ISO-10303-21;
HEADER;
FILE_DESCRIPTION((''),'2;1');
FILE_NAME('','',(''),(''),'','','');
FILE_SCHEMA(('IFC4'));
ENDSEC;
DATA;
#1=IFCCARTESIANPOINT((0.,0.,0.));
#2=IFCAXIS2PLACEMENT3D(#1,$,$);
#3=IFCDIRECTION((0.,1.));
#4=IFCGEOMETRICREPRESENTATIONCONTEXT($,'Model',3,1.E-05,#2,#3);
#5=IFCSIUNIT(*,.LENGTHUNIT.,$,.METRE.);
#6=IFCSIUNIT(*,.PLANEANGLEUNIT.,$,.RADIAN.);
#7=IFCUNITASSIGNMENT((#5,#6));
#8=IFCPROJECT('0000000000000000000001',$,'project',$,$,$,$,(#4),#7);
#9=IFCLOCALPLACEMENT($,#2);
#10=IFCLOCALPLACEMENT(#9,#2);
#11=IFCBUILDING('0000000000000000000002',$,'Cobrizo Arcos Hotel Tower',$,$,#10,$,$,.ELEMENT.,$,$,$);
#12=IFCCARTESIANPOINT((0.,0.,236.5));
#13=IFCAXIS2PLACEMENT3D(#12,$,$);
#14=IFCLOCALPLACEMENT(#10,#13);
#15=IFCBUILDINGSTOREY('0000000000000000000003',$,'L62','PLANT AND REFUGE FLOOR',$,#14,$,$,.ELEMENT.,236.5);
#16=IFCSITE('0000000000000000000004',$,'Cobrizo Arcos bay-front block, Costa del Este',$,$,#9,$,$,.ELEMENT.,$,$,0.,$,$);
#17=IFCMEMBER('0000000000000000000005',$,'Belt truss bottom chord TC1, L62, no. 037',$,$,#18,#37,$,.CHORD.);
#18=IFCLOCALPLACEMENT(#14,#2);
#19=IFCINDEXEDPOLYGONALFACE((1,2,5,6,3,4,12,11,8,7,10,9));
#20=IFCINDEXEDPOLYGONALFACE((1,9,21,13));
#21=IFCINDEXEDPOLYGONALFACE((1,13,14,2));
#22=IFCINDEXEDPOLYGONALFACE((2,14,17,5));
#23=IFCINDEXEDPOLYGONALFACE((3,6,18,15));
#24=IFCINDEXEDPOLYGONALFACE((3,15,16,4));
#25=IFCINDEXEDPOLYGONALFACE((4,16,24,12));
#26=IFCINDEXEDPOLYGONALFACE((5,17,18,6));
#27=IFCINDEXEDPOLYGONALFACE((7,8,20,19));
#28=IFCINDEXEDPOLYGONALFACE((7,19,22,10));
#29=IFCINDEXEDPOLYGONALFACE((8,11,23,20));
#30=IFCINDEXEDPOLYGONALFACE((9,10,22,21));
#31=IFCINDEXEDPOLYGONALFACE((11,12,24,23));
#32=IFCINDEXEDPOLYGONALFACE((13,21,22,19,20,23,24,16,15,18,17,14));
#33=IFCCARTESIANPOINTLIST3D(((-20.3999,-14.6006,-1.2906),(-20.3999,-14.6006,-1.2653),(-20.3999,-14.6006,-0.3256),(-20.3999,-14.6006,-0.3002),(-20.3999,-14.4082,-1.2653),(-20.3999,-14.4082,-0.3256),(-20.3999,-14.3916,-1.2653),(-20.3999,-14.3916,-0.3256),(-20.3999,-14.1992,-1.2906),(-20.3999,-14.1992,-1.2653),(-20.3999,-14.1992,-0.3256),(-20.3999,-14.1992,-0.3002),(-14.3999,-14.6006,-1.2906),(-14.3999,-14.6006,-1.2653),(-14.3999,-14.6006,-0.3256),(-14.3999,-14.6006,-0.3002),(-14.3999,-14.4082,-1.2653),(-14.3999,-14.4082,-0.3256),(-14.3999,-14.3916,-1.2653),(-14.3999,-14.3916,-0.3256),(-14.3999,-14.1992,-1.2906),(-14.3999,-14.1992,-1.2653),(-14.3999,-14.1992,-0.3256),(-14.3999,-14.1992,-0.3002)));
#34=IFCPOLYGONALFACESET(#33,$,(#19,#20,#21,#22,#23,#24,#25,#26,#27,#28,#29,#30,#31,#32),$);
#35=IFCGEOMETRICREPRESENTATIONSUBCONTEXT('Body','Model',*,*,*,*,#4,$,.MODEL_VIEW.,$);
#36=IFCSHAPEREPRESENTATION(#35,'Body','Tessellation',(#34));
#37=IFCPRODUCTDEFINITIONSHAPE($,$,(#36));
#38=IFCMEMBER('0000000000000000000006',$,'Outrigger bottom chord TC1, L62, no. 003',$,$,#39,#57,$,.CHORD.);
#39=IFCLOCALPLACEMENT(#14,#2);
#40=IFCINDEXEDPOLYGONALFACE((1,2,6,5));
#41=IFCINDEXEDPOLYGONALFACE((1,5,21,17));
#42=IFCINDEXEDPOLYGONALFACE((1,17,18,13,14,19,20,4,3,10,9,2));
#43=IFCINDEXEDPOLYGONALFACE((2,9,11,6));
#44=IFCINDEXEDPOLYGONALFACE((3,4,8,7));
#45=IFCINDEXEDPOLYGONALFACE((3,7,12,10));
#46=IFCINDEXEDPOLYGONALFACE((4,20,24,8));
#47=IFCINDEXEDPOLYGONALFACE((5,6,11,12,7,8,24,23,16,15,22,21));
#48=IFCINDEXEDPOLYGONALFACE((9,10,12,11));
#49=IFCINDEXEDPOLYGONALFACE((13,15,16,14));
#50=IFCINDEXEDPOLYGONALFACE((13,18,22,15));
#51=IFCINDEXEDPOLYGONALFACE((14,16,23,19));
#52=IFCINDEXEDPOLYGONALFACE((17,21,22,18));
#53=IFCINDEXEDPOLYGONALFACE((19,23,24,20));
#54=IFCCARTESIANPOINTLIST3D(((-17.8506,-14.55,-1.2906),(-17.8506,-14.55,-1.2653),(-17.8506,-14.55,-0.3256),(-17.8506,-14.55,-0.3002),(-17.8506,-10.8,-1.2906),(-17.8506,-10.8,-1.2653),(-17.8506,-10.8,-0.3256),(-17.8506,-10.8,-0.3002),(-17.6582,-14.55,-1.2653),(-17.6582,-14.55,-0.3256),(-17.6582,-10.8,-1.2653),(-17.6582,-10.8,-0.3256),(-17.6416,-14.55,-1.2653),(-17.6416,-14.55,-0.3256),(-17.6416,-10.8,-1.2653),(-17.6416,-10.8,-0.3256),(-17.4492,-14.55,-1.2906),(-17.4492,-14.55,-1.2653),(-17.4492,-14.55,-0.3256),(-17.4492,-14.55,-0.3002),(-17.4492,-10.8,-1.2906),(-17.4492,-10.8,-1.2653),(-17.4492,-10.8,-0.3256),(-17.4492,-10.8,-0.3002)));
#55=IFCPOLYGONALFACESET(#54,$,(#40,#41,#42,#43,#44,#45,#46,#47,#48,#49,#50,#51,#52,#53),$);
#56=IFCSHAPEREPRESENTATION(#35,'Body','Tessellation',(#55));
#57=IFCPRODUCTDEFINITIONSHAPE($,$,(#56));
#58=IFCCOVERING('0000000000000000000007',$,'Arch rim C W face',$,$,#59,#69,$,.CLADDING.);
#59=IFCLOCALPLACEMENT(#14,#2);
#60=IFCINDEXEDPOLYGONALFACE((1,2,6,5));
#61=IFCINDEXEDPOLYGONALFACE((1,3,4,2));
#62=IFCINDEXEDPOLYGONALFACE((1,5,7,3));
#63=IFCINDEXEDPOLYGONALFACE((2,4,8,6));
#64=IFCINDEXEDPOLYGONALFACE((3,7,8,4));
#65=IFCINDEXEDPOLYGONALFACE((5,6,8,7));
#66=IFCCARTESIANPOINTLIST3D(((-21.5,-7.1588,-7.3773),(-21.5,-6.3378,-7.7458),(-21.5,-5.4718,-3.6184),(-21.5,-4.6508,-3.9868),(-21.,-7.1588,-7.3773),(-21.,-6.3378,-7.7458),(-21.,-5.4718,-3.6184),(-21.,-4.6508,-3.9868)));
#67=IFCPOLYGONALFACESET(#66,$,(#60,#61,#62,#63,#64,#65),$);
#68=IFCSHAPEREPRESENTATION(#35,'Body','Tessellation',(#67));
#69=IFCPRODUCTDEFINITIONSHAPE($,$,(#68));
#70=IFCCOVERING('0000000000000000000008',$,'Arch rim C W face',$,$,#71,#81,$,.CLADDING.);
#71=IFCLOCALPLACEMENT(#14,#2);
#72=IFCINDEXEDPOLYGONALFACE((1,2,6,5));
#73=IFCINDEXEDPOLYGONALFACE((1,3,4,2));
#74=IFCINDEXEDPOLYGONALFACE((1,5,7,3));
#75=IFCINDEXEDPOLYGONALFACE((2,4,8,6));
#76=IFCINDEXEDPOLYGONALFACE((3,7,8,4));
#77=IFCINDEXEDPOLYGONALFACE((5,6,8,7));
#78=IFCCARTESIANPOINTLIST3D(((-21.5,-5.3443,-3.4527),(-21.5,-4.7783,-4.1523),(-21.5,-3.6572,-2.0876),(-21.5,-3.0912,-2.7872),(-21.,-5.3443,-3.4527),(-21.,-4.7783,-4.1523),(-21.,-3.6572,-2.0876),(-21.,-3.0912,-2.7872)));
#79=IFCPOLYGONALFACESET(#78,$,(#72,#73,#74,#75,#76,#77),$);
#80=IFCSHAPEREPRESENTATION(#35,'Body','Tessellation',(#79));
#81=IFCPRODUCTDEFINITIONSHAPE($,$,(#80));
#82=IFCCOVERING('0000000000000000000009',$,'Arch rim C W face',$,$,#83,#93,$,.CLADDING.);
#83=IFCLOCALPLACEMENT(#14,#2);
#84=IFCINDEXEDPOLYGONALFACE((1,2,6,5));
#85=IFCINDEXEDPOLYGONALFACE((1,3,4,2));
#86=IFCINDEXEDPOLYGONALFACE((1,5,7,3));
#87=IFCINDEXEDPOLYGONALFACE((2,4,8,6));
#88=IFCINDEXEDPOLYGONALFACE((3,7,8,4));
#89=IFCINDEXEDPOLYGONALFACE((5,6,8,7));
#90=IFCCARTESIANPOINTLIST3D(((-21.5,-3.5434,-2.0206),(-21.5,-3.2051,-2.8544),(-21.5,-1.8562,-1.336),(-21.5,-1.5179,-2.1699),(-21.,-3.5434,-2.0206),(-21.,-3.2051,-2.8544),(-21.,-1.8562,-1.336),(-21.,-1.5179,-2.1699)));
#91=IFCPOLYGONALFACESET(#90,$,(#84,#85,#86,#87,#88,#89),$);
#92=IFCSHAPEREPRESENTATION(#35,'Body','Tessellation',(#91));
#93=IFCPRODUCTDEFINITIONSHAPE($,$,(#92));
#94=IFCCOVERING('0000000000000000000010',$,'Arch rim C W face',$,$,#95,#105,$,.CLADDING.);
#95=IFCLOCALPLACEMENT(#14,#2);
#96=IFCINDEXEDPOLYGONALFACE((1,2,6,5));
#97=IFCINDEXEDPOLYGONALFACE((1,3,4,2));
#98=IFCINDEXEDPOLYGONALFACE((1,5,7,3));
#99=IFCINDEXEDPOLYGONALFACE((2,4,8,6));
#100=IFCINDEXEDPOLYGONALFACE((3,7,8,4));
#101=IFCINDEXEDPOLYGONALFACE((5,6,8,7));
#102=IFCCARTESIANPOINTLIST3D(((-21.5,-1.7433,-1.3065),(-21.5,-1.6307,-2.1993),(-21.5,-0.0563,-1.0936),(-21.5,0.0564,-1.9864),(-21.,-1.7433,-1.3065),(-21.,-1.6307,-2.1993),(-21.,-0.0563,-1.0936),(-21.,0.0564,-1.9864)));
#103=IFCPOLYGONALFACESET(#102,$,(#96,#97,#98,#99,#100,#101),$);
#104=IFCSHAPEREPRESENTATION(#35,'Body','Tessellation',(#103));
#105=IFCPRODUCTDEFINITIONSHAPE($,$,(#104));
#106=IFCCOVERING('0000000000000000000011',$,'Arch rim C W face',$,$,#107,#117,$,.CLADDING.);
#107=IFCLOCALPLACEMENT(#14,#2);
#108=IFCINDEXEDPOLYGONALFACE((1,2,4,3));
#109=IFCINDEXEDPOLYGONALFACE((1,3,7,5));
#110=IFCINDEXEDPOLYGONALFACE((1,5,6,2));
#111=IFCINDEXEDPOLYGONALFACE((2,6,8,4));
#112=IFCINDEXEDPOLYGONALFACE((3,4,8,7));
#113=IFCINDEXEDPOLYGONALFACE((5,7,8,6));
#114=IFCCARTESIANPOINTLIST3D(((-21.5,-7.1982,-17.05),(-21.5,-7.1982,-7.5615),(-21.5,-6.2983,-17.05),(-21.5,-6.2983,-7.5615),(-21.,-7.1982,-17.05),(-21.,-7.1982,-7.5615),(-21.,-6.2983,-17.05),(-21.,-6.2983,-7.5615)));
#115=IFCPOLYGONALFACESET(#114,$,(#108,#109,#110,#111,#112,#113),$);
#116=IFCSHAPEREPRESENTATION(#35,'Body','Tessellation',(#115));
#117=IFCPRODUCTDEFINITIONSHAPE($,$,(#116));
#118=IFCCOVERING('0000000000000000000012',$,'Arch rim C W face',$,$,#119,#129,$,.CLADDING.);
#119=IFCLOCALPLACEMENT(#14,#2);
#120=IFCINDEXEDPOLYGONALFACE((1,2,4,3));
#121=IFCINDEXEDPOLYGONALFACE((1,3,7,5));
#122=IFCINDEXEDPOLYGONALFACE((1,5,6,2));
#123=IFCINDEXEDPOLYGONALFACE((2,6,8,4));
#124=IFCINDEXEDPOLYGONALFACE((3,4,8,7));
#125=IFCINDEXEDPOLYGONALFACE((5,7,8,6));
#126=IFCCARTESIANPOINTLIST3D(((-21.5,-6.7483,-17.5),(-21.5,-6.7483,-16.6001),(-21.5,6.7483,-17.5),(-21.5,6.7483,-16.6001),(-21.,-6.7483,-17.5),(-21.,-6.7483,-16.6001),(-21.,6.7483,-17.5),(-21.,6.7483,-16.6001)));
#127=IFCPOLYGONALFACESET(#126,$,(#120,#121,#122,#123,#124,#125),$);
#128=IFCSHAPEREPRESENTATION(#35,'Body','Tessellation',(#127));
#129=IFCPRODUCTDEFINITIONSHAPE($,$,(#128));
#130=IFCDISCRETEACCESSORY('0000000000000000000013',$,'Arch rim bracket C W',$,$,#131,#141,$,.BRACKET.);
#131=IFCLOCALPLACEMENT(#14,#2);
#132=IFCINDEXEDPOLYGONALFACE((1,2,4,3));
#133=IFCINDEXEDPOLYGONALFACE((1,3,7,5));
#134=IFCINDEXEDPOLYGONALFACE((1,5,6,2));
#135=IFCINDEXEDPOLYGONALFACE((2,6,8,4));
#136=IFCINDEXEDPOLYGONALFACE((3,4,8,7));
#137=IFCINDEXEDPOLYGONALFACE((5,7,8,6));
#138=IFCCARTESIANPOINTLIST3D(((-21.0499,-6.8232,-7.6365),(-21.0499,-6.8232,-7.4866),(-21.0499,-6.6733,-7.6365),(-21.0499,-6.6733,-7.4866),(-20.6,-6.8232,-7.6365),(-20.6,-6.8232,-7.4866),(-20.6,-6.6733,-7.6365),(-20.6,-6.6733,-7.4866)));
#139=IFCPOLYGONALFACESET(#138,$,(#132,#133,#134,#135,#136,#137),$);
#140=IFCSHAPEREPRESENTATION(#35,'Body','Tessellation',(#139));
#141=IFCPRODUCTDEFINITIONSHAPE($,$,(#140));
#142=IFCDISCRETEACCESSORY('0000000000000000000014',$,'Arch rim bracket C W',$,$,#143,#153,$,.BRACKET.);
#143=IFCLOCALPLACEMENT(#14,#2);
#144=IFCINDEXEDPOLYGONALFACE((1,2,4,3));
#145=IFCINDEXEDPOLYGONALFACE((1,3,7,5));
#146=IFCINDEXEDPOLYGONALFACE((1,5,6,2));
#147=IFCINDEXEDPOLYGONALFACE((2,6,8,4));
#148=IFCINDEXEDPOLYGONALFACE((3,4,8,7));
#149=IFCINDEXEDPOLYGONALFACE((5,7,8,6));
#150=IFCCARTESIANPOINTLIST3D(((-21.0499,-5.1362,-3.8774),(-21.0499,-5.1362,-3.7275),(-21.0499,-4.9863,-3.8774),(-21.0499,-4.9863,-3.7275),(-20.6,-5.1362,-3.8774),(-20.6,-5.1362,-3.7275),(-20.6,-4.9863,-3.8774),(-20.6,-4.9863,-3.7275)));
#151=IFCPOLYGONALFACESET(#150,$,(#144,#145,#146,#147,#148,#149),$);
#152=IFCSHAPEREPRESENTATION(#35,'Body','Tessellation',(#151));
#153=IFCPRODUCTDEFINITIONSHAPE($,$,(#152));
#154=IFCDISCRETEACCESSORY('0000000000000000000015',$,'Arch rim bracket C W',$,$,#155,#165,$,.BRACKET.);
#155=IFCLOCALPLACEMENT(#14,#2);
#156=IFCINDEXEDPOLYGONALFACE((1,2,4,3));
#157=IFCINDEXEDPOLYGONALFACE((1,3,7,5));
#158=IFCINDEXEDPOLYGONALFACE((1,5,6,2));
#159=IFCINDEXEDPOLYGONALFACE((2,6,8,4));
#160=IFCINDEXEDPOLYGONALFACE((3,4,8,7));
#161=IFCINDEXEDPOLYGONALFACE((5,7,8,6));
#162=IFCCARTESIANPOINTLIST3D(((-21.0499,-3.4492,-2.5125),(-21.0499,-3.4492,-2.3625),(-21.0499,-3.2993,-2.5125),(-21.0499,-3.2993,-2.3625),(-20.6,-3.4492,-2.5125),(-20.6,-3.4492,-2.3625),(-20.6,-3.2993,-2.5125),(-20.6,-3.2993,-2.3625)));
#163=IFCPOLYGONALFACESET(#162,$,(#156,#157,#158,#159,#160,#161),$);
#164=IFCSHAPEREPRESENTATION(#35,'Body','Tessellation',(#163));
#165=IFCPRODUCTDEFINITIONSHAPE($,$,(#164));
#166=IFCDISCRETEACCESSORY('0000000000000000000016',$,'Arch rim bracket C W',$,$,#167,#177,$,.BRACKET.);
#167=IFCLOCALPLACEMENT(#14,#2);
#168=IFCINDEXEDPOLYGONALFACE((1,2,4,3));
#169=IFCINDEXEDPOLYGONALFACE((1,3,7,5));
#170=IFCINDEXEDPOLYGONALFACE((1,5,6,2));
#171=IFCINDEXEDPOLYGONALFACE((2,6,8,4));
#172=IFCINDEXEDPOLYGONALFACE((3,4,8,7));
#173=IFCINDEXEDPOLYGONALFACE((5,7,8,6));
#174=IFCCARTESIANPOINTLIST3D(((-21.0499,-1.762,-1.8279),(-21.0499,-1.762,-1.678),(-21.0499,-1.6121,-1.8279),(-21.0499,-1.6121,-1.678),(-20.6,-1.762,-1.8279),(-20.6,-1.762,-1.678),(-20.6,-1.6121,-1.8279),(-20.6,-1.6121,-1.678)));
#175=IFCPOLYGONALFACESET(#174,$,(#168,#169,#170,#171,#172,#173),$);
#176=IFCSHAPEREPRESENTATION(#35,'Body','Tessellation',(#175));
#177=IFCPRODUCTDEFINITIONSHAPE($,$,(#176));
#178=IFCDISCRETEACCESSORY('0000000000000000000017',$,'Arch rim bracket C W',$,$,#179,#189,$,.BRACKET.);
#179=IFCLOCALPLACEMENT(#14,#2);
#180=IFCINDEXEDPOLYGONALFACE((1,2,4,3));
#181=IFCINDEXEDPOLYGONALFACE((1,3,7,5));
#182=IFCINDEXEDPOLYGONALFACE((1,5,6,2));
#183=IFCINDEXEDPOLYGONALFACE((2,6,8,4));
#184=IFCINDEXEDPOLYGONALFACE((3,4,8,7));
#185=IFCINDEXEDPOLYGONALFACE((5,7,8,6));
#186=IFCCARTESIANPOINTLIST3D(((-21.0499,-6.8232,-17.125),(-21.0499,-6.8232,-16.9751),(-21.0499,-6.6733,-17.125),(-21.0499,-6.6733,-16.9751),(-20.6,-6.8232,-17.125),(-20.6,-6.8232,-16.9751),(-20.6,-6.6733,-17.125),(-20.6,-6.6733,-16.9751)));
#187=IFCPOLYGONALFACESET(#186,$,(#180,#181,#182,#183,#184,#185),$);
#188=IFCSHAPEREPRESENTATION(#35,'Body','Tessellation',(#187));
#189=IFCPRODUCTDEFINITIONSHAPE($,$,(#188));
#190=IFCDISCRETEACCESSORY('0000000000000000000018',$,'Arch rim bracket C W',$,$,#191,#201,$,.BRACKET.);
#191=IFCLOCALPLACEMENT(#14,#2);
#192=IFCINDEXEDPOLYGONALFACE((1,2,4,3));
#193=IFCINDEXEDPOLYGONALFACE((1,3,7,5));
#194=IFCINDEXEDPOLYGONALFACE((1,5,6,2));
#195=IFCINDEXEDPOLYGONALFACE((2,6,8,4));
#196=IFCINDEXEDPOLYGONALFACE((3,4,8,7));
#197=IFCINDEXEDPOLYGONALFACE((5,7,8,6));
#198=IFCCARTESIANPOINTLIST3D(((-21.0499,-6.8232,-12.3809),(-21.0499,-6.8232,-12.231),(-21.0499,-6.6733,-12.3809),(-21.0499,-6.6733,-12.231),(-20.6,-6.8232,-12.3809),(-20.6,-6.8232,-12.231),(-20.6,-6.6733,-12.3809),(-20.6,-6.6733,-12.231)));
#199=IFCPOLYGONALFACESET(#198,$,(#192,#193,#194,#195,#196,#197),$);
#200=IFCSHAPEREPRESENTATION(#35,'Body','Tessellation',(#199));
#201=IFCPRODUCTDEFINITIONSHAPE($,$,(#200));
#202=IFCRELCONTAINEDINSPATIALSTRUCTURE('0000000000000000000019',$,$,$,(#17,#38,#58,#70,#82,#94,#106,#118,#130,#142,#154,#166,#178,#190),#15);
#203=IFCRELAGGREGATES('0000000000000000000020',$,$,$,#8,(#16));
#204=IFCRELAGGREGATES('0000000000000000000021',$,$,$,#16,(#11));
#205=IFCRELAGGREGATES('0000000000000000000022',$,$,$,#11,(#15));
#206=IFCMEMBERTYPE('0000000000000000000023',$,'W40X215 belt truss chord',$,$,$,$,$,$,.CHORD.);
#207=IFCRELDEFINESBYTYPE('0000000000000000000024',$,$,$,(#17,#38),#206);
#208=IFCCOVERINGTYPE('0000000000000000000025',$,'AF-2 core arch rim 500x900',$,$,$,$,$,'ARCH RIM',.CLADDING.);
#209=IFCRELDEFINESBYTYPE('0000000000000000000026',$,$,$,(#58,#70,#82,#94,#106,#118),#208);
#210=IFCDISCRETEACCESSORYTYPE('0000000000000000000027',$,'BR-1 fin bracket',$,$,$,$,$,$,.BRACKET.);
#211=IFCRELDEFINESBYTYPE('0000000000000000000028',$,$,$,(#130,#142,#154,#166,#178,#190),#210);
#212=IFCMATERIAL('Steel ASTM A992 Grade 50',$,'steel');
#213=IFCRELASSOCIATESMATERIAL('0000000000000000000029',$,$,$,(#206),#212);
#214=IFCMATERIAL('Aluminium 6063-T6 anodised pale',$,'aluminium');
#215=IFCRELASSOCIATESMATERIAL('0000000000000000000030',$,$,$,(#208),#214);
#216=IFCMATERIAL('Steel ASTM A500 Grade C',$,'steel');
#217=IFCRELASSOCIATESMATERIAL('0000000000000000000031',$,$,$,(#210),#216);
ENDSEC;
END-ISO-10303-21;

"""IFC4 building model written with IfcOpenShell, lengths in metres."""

from ifc_helpers import new_model, si_unit, direction, frame, origin, origin_2d, place, context, subcontext, project, spatial, rectangle, i_section, extrude, material, material_profile, profile_set, type_object, element, save


model = new_model("IFC4")

# Units and contexts
model_context = context("Model", 3, precision=1e-05, world=origin(), true_north=direction((0.0, 1.0)))
body_context = subcontext(model_context, "Body", "Model", "MODEL_VIEW")
ifc_project = project(units=[si_unit("LENGTHUNIT", "METRE"), si_unit("PLANEANGLEUNIT", "RADIAN")], contexts=[model_context])

# Site, building, storey
site_placement = place(None, origin())
site = spatial("IfcSite", under=ifc_project, at=site_placement, Name="Cobrizo Arcos bay-front block, Costa del Este", CompositionType="ELEMENT", RefElevation=0.0)
building_placement = place(site_placement, origin())
building = spatial("IfcBuilding", under=site, at=building_placement, Name="Cobrizo Arcos Hotel Tower", CompositionType="ELEMENT")
storey_placement = place(building_placement, frame((0.0, 0.0, 236.5)))
storey = spatial("IfcBuildingStorey", under=building, at=storey_placement, Name="L62", Description="PLANT AND REFUGE FLOOR", CompositionType="ELEMENT", Elevation=236.5)

# Shared definitions
ifc_material_1 = material(Name="Steel ASTM A500 Grade C", Category="steel")
ifc_material_2 = material(Name="Steel ASTM A992 Grade 50", Category="steel")

# Members
ifc_material_profile_1 = material_profile(ifc_material_2, i_section(OverallWidth=0.4014, OverallDepth=0.9905, WebThickness=0.0166, FlangeThickness=0.0254, at=origin_2d()), Name="W40X215")
ifc_profile_set_1 = profile_set([ifc_material_profile_1], Name="Steel ASTM A992 Grade 50")
member_type_1 = type_object("IfcMemberType", Name="W40X215 belt truss chord", PredefinedType="CHORD", material=ifc_profile_set_1)
member_1_placement = place(storey_placement, frame((-20.3999, -14.3999, -0.7954), z_axis=(1.0, 0.0, 0.0), x_axis=(0.0, 1.0, 0.0)))
element("IfcMember", 1, at=member_1_placement, inside=storey, type_object=member_type_1, Name="Belt truss bottom chord TC1, L62, no. 037", PredefinedType="CHORD", context=body_context, shape_type="SweptSolid", body=[
    extrude(i_section(OverallWidth=0.4014, OverallDepth=0.9905, WebThickness=0.0166, FlangeThickness=0.0254, at=origin_2d()), origin(), (0.0, 0.0, 1.0), 6.0),
])
member_2_placement = place(storey_placement, frame((-17.6499, -10.8, -0.7954), z_axis=(0.0, -1.0, 0.0), x_axis=(1.0, 0.0, 0.0)))
element("IfcMember", 2, at=member_2_placement, inside=storey, type_object=member_type_1, Name="Outrigger bottom chord TC1, L62, no. 003", PredefinedType="CHORD", context=body_context, shape_type="SweptSolid", body=[
    extrude(i_section(OverallWidth=0.4014, OverallDepth=0.9905, WebThickness=0.0166, FlangeThickness=0.0254, at=origin_2d()), origin(), (0.0, 0.0, 1.0), 3.75),
])

# Coverings
ifc_material_3 = material(Name="Aluminium 6063-T6 anodised pale", Category="aluminium")
ifc_material_profile_2 = material_profile(ifc_material_3, rectangle(XDim=0.5, YDim=0.8999, at=origin_2d()), Name="AF-2 core arch rim 500x900")
ifc_profile_set_2 = profile_set([ifc_material_profile_2], Name="Aluminium 6063-T6 anodised pale")
covering_type = type_object("IfcCoveringType", Name="AF-2 core arch rim 500x900", ElementType="ARCH RIM", PredefinedType="CLADDING", material=ifc_profile_set_2)
covering_1_placement = place(storey_placement, frame((-21.25, -6.7483, -7.5615), z_axis=(0.0, 0.409445, 0.912335), x_axis=(-1.0, 0.0, 0.0)))
element("IfcCovering", 3, at=covering_1_placement, inside=storey, type_object=covering_type, Name="Arch rim C W face", PredefinedType="CLADDING", context=body_context, shape_type="SweptSolid", body=[
    extrude(rectangle(XDim=0.5, YDim=0.8999, at=origin_2d()), origin(), (0.0, 0.0, 1.0), 4.1201),
])
covering_2_placement = place(storey_placement, frame((-21.25, -5.0613, -3.8025), z_axis=(0.0, 0.777399, 0.629007), x_axis=(-1.0, 0.0, 0.0)))
element("IfcCovering", 4, at=covering_2_placement, inside=storey, type_object=covering_type, Name="Arch rim C W face", PredefinedType="CLADDING", context=body_context, shape_type="SweptSolid", body=[
    extrude(rectangle(XDim=0.5, YDim=0.8999, at=origin_2d()), origin(), (0.0, 0.0, 1.0), 2.1702),
])
covering_3_placement = place(storey_placement, frame((-21.25, -3.3743, -2.4375), z_axis=(0.0, 0.926635, 0.375963), x_axis=(-1.0, 0.0, 0.0)))
element("IfcCovering", 5, at=covering_3_placement, inside=storey, type_object=covering_type, Name="Arch rim C W face", PredefinedType="CLADDING", context=body_context, shape_type="SweptSolid", body=[
    extrude(rectangle(XDim=0.5, YDim=0.8999, at=origin_2d()), origin(), (0.0, 0.0, 1.0), 1.8208),
])
covering_4_placement = place(storey_placement, frame((-21.25, -1.687, -1.7529), z_axis=(0.0, 0.992131, 0.125201), x_axis=(-1.0, 0.0, 0.0)))
element("IfcCovering", 6, at=covering_4_placement, inside=storey, type_object=covering_type, Name="Arch rim C W face", PredefinedType="CLADDING", context=body_context, shape_type="SweptSolid", body=[
    extrude(rectangle(XDim=0.5, YDim=0.8999, at=origin_2d()), origin(), (0.0, 0.0, 1.0), 1.7004),
])
covering_5_placement = place(storey_placement, frame((-21.25, -6.7483, -17.05), z_axis=(0.0, 0.0, 1.0), x_axis=(1.0, 0.0, 0.0)))
element("IfcCovering", 7, at=covering_5_placement, inside=storey, type_object=covering_type, Name="Arch rim C W face", PredefinedType="CLADDING", context=body_context, shape_type="SweptSolid", body=[
    extrude(rectangle(XDim=0.5, YDim=0.8999, at=origin_2d()), origin(), (0.0, 0.0, 1.0), 9.4885),
])
covering_6_placement = place(storey_placement, frame((-21.25, -6.7483, -17.05), z_axis=(0.0, 1.0, 0.0), x_axis=(-1.0, 0.0, 0.0)))
element("IfcCovering", 8, at=covering_6_placement, inside=storey, type_object=covering_type, Name="Arch rim C W face", PredefinedType="CLADDING", context=body_context, shape_type="SweptSolid", body=[
    extrude(rectangle(XDim=0.5, YDim=0.8999, at=origin_2d()), origin(), (0.0, 0.0, 1.0), 13.4966),
])

# Discrete accessories
discrete_accessory_type_1 = type_object("IfcDiscreteAccessoryType", Name="BR-1 fin bracket", PredefinedType="BRACKET", material=ifc_material_1)
for number, where, z_axis, x_axis, name in (
    (9, (-20.825, -6.7483, -7.6365), (0.0, 0.0, 1.0), (1.0, 0.0, 0.0), "Arch rim bracket C W"),
    (10, (-20.825, -5.0613, -3.8774), (0.0, 0.0, 1.0), (1.0, 0.0, 0.0), "Arch rim bracket C W"),
    (11, (-20.825, -3.3743, -2.5125), (0.0, 0.0, 1.0), (1.0, 0.0, 0.0), "Arch rim bracket C W"),
    (12, (-20.825, -1.687, -1.8279), (0.0, 0.0, 1.0), (1.0, 0.0, 0.0), "Arch rim bracket C W"),
    (13, (-20.825, -6.7483, -17.125), (0.0, 0.0, 1.0), (1.0, 0.0, 0.0), "Arch rim bracket C W"),
    (14, (-20.825, -6.7483, -12.3809), (0.0, 0.0, 1.0), (1.0, 0.0, 0.0), "Arch rim bracket C W"),
):
    element("IfcDiscreteAccessory", number, at=place(storey_placement, frame(where, z_axis=z_axis, x_axis=x_axis)), inside=storey, type_object=discrete_accessory_type_1, Name=name, PredefinedType="BRACKET", context=body_context, shape_type="SweptSolid", body=[
        extrude(rectangle(XDim=0.45, YDim=0.1499, at=origin_2d()), origin(), (0.0, 0.0, 1.0), 0.1499),
    ])

save(model, "model.ifc")
